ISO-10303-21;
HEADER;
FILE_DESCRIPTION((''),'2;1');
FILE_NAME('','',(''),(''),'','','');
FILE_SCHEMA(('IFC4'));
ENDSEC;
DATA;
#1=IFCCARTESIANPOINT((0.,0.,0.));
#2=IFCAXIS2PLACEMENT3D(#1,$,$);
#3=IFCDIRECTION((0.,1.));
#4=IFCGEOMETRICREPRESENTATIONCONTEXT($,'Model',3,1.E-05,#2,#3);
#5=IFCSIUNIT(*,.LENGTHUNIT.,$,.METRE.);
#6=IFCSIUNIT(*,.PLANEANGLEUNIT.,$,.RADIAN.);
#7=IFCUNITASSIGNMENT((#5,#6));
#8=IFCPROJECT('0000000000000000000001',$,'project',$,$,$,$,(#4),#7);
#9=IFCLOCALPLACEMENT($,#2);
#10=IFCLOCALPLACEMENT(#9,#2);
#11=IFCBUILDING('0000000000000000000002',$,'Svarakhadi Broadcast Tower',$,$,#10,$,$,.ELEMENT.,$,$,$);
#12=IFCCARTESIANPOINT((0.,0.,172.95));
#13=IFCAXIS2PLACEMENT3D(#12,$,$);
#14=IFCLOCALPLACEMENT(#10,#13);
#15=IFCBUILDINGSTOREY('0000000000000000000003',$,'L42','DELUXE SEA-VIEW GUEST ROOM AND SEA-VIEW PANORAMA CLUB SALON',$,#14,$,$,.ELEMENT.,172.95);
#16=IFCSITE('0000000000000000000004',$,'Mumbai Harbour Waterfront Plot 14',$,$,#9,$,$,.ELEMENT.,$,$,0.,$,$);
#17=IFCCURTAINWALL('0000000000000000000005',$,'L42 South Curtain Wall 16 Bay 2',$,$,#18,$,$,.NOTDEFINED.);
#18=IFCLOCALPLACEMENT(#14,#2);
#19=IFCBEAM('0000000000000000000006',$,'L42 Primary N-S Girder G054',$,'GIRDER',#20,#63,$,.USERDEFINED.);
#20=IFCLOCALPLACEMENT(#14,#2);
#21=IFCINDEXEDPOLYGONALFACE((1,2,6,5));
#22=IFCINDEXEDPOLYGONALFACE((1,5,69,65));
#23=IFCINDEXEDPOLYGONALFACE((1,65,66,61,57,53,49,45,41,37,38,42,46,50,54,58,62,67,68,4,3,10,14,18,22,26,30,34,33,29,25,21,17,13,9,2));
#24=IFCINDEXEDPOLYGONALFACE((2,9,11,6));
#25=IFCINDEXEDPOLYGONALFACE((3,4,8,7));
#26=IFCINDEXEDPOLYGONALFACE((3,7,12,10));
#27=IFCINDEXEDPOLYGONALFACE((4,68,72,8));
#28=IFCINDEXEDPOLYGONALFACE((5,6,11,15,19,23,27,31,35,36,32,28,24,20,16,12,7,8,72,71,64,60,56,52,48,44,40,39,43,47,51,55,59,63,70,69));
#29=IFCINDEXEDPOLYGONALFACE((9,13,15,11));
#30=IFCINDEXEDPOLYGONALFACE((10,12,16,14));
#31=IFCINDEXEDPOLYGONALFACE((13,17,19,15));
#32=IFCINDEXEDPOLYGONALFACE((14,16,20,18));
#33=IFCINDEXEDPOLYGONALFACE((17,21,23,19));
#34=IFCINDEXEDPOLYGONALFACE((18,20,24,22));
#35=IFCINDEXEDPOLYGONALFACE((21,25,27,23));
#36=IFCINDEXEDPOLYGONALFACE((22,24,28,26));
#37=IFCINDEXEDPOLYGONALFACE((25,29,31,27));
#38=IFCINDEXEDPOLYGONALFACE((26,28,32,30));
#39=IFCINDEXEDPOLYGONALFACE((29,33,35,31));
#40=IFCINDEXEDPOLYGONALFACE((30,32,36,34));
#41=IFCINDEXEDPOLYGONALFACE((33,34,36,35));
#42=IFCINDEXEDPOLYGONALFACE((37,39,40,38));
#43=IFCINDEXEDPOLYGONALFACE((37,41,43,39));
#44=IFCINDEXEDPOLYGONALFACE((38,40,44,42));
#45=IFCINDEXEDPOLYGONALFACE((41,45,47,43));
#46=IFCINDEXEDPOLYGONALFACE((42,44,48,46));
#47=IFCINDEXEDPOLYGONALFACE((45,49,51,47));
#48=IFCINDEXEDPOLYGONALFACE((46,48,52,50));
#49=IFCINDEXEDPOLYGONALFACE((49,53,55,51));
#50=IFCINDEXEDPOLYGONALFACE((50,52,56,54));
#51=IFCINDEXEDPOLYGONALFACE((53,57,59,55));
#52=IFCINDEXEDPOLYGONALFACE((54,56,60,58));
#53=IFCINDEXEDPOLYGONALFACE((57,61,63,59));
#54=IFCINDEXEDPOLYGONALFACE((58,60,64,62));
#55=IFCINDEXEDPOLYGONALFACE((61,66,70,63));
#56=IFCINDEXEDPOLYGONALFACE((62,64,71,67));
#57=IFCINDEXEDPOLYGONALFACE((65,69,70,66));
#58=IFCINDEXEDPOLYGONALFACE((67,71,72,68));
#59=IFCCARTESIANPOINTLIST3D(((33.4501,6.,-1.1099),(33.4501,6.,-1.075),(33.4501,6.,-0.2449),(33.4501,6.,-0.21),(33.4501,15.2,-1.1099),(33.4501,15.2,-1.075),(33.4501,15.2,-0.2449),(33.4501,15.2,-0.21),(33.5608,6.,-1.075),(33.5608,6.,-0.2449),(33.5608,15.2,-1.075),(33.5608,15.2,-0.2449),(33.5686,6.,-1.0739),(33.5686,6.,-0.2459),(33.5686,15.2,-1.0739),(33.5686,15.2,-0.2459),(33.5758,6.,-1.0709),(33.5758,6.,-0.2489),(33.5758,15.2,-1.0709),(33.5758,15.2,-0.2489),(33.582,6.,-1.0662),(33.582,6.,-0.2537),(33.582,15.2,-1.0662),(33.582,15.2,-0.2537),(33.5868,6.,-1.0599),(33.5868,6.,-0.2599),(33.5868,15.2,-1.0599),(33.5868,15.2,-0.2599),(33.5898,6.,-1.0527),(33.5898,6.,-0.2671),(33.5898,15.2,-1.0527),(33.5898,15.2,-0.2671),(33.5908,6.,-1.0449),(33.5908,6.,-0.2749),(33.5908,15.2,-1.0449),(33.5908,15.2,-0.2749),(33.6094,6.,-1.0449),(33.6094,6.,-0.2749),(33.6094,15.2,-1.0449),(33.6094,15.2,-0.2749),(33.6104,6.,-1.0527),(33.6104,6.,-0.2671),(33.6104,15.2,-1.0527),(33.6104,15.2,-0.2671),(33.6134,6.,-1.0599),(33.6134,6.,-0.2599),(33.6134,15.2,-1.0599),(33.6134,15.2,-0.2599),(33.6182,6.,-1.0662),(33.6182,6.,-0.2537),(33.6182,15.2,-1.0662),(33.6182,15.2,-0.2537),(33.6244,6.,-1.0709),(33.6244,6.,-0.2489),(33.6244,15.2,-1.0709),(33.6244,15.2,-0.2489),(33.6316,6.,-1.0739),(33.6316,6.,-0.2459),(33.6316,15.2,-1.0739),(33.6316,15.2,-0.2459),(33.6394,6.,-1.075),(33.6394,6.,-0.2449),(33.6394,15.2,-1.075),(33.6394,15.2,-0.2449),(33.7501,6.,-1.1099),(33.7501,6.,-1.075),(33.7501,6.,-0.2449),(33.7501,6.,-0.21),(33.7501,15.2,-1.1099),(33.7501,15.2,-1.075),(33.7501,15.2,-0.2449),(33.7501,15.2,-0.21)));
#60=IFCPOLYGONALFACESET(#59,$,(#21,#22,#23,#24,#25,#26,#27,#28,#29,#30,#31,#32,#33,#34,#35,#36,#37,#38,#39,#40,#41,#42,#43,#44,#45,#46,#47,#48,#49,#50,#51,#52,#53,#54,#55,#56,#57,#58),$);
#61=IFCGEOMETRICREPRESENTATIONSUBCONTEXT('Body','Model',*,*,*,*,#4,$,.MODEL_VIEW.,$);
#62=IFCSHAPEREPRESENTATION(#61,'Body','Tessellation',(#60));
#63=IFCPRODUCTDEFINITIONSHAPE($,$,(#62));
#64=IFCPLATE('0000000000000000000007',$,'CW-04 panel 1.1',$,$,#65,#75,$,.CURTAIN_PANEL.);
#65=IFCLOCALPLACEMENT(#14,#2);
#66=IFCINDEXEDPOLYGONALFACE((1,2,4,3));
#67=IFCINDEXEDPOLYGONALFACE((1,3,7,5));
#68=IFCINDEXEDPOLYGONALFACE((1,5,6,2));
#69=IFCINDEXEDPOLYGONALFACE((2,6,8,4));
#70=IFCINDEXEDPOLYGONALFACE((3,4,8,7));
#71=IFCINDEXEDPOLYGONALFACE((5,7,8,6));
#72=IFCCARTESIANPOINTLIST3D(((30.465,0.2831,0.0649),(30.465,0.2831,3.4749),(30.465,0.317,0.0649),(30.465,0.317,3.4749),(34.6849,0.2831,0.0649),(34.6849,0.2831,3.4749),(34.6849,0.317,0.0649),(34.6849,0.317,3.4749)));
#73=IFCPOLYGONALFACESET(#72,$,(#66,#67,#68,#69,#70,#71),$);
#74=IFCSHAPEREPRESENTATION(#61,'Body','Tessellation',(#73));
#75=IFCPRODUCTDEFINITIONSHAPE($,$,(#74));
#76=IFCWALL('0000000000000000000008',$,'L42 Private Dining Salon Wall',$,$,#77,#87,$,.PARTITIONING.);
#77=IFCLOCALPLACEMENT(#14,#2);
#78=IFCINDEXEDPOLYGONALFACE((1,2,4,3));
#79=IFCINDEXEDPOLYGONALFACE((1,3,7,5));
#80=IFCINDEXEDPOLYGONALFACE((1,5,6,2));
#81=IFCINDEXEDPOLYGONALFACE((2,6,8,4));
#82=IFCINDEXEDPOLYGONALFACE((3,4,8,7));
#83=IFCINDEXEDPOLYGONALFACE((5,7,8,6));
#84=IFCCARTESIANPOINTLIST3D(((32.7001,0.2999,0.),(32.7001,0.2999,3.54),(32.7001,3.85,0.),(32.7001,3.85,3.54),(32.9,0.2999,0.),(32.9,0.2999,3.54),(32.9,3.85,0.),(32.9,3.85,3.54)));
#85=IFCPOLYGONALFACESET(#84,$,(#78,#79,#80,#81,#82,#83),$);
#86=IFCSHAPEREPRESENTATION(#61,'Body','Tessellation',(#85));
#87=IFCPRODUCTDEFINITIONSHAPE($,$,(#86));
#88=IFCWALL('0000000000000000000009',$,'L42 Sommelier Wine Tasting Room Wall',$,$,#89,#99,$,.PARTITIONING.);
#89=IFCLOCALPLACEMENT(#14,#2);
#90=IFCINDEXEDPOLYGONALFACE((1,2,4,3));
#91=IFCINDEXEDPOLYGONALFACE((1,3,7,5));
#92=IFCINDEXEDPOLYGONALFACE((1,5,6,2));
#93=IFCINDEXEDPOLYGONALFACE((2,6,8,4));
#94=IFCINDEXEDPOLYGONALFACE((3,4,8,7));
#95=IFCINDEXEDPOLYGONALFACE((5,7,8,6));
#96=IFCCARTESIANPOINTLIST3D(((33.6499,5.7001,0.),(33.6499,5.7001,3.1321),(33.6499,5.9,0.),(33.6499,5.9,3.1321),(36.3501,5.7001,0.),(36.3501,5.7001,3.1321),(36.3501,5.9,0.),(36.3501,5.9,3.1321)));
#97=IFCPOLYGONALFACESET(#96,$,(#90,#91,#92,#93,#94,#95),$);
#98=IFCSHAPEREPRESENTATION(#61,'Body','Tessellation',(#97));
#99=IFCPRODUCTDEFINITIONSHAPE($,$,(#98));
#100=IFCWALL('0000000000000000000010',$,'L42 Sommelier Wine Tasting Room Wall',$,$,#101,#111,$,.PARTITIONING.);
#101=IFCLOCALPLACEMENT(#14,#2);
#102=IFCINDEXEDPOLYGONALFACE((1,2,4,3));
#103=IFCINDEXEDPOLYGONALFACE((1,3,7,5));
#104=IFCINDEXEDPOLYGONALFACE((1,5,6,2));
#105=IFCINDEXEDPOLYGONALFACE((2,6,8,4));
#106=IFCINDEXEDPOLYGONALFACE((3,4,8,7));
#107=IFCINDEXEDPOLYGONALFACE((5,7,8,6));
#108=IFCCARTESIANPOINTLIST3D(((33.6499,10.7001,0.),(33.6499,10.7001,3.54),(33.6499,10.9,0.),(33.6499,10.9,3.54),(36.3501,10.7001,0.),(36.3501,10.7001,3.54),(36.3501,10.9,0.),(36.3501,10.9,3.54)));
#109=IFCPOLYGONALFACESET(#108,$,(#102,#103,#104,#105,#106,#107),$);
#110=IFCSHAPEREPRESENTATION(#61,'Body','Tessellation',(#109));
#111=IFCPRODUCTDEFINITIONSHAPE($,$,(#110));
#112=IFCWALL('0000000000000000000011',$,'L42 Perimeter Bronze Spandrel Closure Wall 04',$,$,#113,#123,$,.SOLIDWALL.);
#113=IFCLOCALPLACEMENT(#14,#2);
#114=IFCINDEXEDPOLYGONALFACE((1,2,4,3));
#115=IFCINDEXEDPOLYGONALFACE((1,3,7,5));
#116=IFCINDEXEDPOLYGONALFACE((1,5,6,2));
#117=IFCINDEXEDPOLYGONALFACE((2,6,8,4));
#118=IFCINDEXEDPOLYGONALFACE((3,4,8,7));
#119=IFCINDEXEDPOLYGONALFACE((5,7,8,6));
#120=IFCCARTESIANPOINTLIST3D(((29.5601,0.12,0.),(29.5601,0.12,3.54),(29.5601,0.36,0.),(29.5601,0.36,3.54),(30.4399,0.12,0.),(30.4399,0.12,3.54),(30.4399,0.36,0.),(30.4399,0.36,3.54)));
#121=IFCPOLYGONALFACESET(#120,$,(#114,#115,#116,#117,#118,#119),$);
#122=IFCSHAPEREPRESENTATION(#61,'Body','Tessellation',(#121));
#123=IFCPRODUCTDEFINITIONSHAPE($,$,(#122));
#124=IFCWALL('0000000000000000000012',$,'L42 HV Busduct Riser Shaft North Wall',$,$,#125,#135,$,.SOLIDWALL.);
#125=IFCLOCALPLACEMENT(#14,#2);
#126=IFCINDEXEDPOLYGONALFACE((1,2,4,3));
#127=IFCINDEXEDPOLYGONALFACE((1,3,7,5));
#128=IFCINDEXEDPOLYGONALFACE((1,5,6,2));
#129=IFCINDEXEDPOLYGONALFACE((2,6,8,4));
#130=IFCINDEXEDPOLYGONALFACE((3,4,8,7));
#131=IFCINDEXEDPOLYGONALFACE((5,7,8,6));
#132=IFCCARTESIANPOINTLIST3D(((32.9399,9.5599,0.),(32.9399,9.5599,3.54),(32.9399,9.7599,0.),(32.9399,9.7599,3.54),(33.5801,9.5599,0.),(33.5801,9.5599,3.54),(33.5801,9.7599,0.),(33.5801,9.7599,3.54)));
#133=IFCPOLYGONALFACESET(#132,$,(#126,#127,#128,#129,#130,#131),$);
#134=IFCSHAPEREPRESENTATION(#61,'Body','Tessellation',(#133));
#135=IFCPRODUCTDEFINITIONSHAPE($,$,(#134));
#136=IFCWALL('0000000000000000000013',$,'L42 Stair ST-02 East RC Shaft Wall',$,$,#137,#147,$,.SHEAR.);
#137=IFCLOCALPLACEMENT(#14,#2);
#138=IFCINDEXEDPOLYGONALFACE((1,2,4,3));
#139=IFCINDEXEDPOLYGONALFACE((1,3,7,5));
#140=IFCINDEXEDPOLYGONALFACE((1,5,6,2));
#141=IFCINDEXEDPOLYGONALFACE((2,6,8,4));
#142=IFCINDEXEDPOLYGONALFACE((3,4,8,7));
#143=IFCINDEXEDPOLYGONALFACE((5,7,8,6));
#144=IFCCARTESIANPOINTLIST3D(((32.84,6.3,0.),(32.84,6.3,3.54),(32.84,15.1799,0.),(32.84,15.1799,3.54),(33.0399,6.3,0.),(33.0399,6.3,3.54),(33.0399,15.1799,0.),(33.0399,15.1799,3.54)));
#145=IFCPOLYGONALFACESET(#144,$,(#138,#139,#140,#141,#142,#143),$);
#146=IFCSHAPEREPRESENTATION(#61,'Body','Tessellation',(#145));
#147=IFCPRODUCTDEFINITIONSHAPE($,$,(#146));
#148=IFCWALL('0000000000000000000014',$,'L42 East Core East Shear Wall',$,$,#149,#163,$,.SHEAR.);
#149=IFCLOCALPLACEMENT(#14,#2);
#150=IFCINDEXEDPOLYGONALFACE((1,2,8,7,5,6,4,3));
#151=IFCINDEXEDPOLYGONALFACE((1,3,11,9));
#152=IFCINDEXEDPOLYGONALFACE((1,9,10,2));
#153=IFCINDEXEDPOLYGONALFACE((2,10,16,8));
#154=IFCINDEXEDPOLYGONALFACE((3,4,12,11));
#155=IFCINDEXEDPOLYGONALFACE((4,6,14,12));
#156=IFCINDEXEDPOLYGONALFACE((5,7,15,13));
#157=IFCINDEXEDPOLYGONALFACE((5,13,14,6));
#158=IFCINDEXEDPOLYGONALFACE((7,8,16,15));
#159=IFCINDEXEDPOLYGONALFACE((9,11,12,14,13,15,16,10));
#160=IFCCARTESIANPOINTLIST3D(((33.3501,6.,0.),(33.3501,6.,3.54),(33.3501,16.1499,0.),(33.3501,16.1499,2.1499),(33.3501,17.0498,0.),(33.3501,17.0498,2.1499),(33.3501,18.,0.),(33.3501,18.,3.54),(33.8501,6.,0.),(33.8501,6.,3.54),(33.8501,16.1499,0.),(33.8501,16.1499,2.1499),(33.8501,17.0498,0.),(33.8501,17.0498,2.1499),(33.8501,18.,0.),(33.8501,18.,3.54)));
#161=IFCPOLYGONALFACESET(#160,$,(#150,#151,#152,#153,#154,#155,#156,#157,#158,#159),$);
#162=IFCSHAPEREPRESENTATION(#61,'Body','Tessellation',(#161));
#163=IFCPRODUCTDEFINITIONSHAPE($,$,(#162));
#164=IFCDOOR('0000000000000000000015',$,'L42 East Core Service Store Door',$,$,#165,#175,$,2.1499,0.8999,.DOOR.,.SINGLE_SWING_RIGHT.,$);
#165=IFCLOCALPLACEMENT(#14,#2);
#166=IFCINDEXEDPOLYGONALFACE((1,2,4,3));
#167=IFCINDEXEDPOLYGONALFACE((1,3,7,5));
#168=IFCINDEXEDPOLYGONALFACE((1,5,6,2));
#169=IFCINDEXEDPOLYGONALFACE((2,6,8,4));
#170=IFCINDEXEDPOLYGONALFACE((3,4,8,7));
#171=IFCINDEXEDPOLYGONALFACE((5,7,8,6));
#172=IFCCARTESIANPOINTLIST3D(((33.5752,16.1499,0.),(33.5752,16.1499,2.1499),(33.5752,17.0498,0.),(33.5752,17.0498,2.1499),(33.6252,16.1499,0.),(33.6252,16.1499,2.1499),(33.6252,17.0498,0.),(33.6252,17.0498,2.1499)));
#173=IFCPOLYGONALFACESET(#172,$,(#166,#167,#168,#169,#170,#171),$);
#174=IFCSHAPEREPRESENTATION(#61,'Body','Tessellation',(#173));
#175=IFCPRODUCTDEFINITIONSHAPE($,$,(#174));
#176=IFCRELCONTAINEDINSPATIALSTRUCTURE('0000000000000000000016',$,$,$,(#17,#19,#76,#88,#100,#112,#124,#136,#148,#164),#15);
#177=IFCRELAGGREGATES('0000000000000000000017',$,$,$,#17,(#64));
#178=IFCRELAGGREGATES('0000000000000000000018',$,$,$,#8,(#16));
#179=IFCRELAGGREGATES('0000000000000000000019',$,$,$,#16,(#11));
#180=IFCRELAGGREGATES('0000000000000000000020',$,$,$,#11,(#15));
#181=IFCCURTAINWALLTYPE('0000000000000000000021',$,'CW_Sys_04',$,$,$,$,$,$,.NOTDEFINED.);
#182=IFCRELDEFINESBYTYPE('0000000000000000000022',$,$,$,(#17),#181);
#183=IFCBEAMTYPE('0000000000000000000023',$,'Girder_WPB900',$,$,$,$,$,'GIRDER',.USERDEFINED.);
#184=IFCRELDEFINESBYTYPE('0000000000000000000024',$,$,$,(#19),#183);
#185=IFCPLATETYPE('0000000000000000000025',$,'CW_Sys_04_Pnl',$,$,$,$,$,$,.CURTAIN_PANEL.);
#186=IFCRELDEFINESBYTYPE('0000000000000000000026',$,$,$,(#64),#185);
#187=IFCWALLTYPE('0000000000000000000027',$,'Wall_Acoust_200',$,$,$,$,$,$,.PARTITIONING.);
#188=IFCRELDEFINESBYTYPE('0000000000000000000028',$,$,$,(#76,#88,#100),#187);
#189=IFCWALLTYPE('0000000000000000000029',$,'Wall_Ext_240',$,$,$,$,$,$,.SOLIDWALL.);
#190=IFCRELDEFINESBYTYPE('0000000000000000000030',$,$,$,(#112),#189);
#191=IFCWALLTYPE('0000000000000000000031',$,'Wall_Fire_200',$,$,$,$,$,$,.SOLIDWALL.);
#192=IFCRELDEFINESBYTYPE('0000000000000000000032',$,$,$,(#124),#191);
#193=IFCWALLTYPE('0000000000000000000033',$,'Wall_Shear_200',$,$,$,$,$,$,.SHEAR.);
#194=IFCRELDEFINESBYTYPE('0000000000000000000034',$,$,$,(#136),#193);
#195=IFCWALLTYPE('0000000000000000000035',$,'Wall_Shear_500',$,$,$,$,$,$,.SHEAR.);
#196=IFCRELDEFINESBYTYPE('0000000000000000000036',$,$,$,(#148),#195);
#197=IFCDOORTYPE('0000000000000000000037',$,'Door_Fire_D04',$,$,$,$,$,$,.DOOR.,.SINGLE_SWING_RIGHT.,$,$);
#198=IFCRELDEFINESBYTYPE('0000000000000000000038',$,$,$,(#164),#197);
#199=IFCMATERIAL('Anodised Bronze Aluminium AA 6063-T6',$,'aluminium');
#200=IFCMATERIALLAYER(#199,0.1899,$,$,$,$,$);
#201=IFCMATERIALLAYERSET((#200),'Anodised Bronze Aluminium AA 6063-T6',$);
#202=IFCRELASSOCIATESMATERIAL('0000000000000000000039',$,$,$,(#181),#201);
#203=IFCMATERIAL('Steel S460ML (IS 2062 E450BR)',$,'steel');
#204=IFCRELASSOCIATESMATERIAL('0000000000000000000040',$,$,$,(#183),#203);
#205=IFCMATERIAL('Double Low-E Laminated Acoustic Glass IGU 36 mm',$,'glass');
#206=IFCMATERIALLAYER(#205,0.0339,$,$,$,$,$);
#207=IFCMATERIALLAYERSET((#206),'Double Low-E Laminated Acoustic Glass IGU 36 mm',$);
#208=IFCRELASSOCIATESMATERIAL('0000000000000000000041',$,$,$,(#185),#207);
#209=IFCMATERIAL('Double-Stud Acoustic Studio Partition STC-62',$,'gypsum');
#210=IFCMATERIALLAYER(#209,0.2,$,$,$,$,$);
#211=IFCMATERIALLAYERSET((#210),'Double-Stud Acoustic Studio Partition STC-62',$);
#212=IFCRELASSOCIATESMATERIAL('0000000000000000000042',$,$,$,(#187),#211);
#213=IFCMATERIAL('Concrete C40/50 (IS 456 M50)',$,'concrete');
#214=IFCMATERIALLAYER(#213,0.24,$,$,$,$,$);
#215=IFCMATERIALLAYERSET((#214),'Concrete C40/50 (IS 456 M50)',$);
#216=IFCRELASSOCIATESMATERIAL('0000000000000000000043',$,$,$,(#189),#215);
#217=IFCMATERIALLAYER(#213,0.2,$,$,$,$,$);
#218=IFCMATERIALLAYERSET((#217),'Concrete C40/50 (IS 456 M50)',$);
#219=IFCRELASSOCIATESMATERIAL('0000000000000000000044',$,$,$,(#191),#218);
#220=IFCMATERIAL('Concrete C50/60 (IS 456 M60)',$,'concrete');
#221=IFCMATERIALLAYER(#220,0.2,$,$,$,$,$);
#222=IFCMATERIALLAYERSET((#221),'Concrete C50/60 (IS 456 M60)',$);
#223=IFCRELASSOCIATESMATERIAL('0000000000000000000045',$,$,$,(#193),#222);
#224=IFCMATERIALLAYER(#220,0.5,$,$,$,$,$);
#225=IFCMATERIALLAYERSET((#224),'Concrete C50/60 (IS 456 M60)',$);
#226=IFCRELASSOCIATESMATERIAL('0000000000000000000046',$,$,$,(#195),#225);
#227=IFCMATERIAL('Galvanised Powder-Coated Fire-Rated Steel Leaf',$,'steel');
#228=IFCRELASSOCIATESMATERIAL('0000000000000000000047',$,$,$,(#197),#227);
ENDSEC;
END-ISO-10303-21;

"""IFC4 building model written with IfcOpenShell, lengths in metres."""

from ifc_helpers import new_model, si_unit, direction, frame, frame_2d, origin, origin_2d, place, context, subcontext, project, spatial, rectangle, i_section, extrude, material, layer, layer_set, material_profile, profile_set, type_object, element, fill, aggregate, save


model = new_model("IFC4")

# Units and contexts
model_context = context("Model", 3, precision=1e-05, world=origin(), true_north=direction((0.0, 1.0)))
body_context = subcontext(model_context, "Body", "Model", "MODEL_VIEW")
ifc_project = project(units=[si_unit("LENGTHUNIT", "METRE"), si_unit("PLANEANGLEUNIT", "RADIAN")], contexts=[model_context])

# Site, building, storey
site_placement = place(None, origin())
site = spatial("IfcSite", under=ifc_project, at=site_placement, Name="Mumbai Harbour Waterfront Plot 14", CompositionType="ELEMENT", RefElevation=0.0)
building_placement = place(site_placement, origin())
building = spatial("IfcBuilding", under=site, at=building_placement, Name="Svarakhadi Broadcast Tower", CompositionType="ELEMENT")
storey_placement = place(building_placement, frame((0.0, 0.0, 172.95)))
storey = spatial("IfcBuildingStorey", under=building, at=storey_placement, Name="L42", Description="DELUXE SEA-VIEW GUEST ROOM AND SEA-VIEW PANORAMA CLUB SALON", CompositionType="ELEMENT", Elevation=172.95)

# Shared definitions
ifc_material_1 = material(Name="Concrete C50/60 (IS 456 M60)", Category="concrete")
ifc_material_2 = material(Name="Steel S460ML (IS 2062 E450BR)", Category="steel")

# Shared definitions
ifc_material_3 = material(Name="Anodised Bronze Aluminium AA 6063-T6", Category="aluminium")
ifc_layer_1 = layer(ifc_material_3, 0.1899)
ifc_layer_set_1 = layer_set([ifc_layer_1], Name="Anodised Bronze Aluminium AA 6063-T6")
curtain_wall_type = type_object("IfcCurtainWallType", Name="CW_Sys_04", PredefinedType="NOTDEFINED", material=ifc_layer_set_1)

# Curtain wall
curtain_wall_1_placement = place(storey_placement, origin())
curtain_wall_1 = element("IfcCurtainWall", 1, at=curtain_wall_1_placement, inside=storey, type_object=curtain_wall_type, Name="L42 South Curtain Wall 16 Bay 2", PredefinedType="NOTDEFINED")

# Beam
ifc_material_profile_1 = material_profile(ifc_material_2, i_section(OverallWidth=0.3, OverallDepth=0.8999, WebThickness=0.0186, FlangeThickness=0.0349, FilletRadius=0.03, at=origin_2d()), Name="WPB 900x300x291")
ifc_profile_set_1 = profile_set([ifc_material_profile_1], Name="Steel S460ML (IS 2062 E450BR)")
beam_type_1 = type_object("IfcBeamType", Name="Girder_WPB900", ElementType="GIRDER", PredefinedType="USERDEFINED", material=ifc_profile_set_1)
beam_1_placement = place(storey_placement, frame((33.6001, 6.0, -0.6599), z_axis=(0.0, 1.0, 0.0), x_axis=(-1.0, 0.0, 0.0)))
element("IfcBeam", 2, at=beam_1_placement, inside=storey, type_object=beam_type_1, Name="L42 Primary N-S Girder G054", ObjectType="GIRDER", PredefinedType="USERDEFINED", context=body_context, shape_type="SweptSolid", body=[
    extrude(i_section(OverallWidth=0.3, OverallDepth=0.8999, WebThickness=0.0186, FlangeThickness=0.0349, FilletRadius=0.03, at=origin_2d()), origin(), (0.0, 0.0, 1.0), 9.2),
])

# Plate
ifc_material_4 = material(Name="Double Low-E Laminated Acoustic Glass IGU 36 mm", Category="glass")
ifc_layer_2 = layer(ifc_material_4, 0.0339)
ifc_layer_set_2 = layer_set([ifc_layer_2], Name="Double Low-E Laminated Acoustic Glass IGU 36 mm")
plate_type = type_object("IfcPlateType", Name="CW_Sys_04_Pnl", PredefinedType="CURTAIN_PANEL", material=ifc_layer_set_2)
plate_placement = place(storey_placement, frame((32.575, 0.3, 0.0649), z_axis=(0.0, 0.0, 1.0), x_axis=(-1.0, 0.0, 0.0)))
plate = element("IfcPlate", 3, at=plate_placement, type_object=plate_type, Name="CW-04 panel 1.1", PredefinedType="CURTAIN_PANEL", context=body_context, shape_type="SweptSolid", body=[
    extrude(rectangle(XDim=4.22, YDim=0.0339, at=origin_2d()), origin(), (0.0, 0.0, 1.0), 3.4099),
])
aggregate(curtain_wall_1, [plate])

# Walls
ifc_material_5 = material(Name="Double-Stud Acoustic Studio Partition STC-62", Category="gypsum")
ifc_layer_3 = layer(ifc_material_5, 0.2)
ifc_layer_set_3 = layer_set([ifc_layer_3], Name="Double-Stud Acoustic Studio Partition STC-62")
wall_type_1 = type_object("IfcWallType", Name="Wall_Acoust_200", PredefinedType="PARTITIONING", material=ifc_layer_set_3)
wall_1_placement = place(storey_placement, frame((32.8, 0.3, 0.0), z_axis=(0.0, 0.0, 1.0), x_axis=(0.0, 1.0, 0.0)))
element("IfcWall", 4, at=wall_1_placement, inside=storey, type_object=wall_type_1, Name="L42 Private Dining Salon Wall", PredefinedType="PARTITIONING", context=body_context, shape_type="SweptSolid", body=[
    extrude(rectangle(XDim=3.55, YDim=0.2, at=frame_2d((1.7749, 0.0))), origin(), (0.0, 0.0, 1.0), 3.54),
])
wall_2_placement = place(storey_placement, frame((33.6499, 5.8, 0.0), z_axis=(0.0, 0.0, 1.0), x_axis=(1.0, 0.0, 0.0)))
element("IfcWall", 5, at=wall_2_placement, inside=storey, type_object=wall_type_1, Name="L42 Sommelier Wine Tasting Room Wall", PredefinedType="PARTITIONING", context=body_context, shape_type="SweptSolid", body=[
    extrude(rectangle(XDim=2.7002, YDim=0.2, at=frame_2d((1.3501, 0.0))), origin(), (0.0, 0.0, 1.0), 3.1321),
])
wall_3_placement = place(storey_placement, frame((33.6499, 10.8, 0.0), z_axis=(0.0, 0.0, 1.0), x_axis=(1.0, 0.0, 0.0)))
element("IfcWall", 6, at=wall_3_placement, inside=storey, type_object=wall_type_1, Name="L42 Sommelier Wine Tasting Room Wall", PredefinedType="PARTITIONING", context=body_context, shape_type="SweptSolid", body=[
    extrude(rectangle(XDim=2.7002, YDim=0.2, at=frame_2d((1.3501, 0.0))), origin(), (0.0, 0.0, 1.0), 3.54),
])
ifc_material_6 = material(Name="Concrete C40/50 (IS 456 M50)", Category="concrete")
ifc_layer_4 = layer(ifc_material_6, 0.24)
ifc_layer_set_4 = layer_set([ifc_layer_4], Name="Concrete C40/50 (IS 456 M50)")
wall_type_2 = type_object("IfcWallType", Name="Wall_Ext_240", PredefinedType="SOLIDWALL", material=ifc_layer_set_4)
wall_4_placement = place(storey_placement, frame((30.4399, 0.24, 0.0), z_axis=(0.0, 0.0, 1.0), x_axis=(-1.0, 0.0, 0.0)))
element("IfcWall", 7, at=wall_4_placement, inside=storey, type_object=wall_type_2, Name="L42 Perimeter Bronze Spandrel Closure Wall 04", PredefinedType="SOLIDWALL", context=body_context, shape_type="SweptSolid", body=[
    extrude(rectangle(XDim=0.8799, YDim=0.24, at=frame_2d((0.4399, 0.0))), origin(), (0.0, 0.0, 1.0), 3.54),
])
ifc_layer_5 = layer(ifc_material_6, 0.2)
ifc_layer_set_5 = layer_set([ifc_layer_5], Name="Concrete C40/50 (IS 456 M50)")
wall_type_3 = type_object("IfcWallType", Name="Wall_Fire_200", PredefinedType="SOLIDWALL", material=ifc_layer_set_5)
wall_5_placement = place(storey_placement, frame((32.9399, 9.6599, 0.0), z_axis=(0.0, 0.0, 1.0), x_axis=(1.0, 0.0, 0.0)))
element("IfcWall", 8, at=wall_5_placement, inside=storey, type_object=wall_type_3, Name="L42 HV Busduct Riser Shaft North Wall", PredefinedType="SOLIDWALL", context=body_context, shape_type="SweptSolid", body=[
    extrude(rectangle(XDim=0.6401, YDim=0.2, at=frame_2d((0.3201, 0.0))), origin(), (0.0, 0.0, 1.0), 3.54),
])
ifc_layer_6 = layer(ifc_material_1, 0.2)
ifc_layer_set_6 = layer_set([ifc_layer_6], Name="Concrete C50/60 (IS 456 M60)")
wall_type_4 = type_object("IfcWallType", Name="Wall_Shear_200", PredefinedType="SHEAR", material=ifc_layer_set_6)
wall_6_placement = place(storey_placement, frame((32.9399, 6.3, 0.0), z_axis=(0.0, 0.0, 1.0), x_axis=(0.0, 1.0, 0.0)))
element("IfcWall", 9, at=wall_6_placement, inside=storey, type_object=wall_type_4, Name="L42 Stair ST-02 East RC Shaft Wall", PredefinedType="SHEAR", context=body_context, shape_type="SweptSolid", body=[
    extrude(rectangle(XDim=8.8799, YDim=0.2, at=frame_2d((4.4399, 0.0))), origin(), (0.0, 0.0, 1.0), 3.54),
])

# Wall, opening, door
ifc_layer_7 = layer(ifc_material_1, 0.5)
ifc_layer_set_7 = layer_set([ifc_layer_7], Name="Concrete C50/60 (IS 456 M60)")
wall_type_5 = type_object("IfcWallType", Name="Wall_Shear_500", PredefinedType="SHEAR", material=ifc_layer_set_7)
wall_7_placement = place(storey_placement, frame((33.6001, 6.0, 0.0), z_axis=(0.0, 0.0, 1.0), x_axis=(0.0, 1.0, 0.0)))
wall_7 = element("IfcWall", 10, at=wall_7_placement, inside=storey, type_object=wall_type_5, Name="L42 East Core East Shear Wall", PredefinedType="SHEAR", context=body_context, shape_type="SweptSolid", body=[
    extrude(rectangle(XDim=12.0, YDim=0.5, at=frame_2d((6.0, 0.0))), origin(), (0.0, 0.0, 1.0), 3.54),
])
opening_placement = place(wall_7_placement, frame((10.1499, 0.0, 0.0)))
opening = element("IfcOpeningElement", 11, at=opening_placement, cuts=wall_7, PredefinedType="OPENING", context=body_context, shape_type="SweptSolid", body=[
    extrude(rectangle(XDim=0.8999, YDim=2.1499, at=frame_2d((0.45, 1.075))), frame((0.0, 0.26, 0.0), z_axis=(0.0, -1.0, 0.0), x_axis=(1.0, 0.0, 0.0)), (0.0, 0.0, 1.0), 0.52),
])
ifc_material_7 = material(Name="Galvanised Powder-Coated Fire-Rated Steel Leaf", Category="steel")
door_type = type_object("IfcDoorType", Name="Door_Fire_D04", OperationType="SINGLE_SWING_RIGHT", PredefinedType="DOOR", material=ifc_material_7)
door_placement = place(opening_placement, origin())
door = element("IfcDoor", 12, at=door_placement, inside=storey, type_object=door_type, Name="L42 East Core Service Store Door", OperationType="SINGLE_SWING_RIGHT", OverallHeight=2.1499, OverallWidth=0.8999, PredefinedType="DOOR", context=body_context, shape_type="SweptSolid", body=[
    extrude(rectangle(XDim=0.8999, YDim=2.1499, at=frame_2d((0.45, 1.075))), frame((0.0, 0.0249, 0.0), z_axis=(0.0, -1.0, 0.0), x_axis=(1.0, 0.0, 0.0)), (0.0, 0.0, 1.0), 0.05),
])
fill(opening, door)

save(model, "model.ifc")
